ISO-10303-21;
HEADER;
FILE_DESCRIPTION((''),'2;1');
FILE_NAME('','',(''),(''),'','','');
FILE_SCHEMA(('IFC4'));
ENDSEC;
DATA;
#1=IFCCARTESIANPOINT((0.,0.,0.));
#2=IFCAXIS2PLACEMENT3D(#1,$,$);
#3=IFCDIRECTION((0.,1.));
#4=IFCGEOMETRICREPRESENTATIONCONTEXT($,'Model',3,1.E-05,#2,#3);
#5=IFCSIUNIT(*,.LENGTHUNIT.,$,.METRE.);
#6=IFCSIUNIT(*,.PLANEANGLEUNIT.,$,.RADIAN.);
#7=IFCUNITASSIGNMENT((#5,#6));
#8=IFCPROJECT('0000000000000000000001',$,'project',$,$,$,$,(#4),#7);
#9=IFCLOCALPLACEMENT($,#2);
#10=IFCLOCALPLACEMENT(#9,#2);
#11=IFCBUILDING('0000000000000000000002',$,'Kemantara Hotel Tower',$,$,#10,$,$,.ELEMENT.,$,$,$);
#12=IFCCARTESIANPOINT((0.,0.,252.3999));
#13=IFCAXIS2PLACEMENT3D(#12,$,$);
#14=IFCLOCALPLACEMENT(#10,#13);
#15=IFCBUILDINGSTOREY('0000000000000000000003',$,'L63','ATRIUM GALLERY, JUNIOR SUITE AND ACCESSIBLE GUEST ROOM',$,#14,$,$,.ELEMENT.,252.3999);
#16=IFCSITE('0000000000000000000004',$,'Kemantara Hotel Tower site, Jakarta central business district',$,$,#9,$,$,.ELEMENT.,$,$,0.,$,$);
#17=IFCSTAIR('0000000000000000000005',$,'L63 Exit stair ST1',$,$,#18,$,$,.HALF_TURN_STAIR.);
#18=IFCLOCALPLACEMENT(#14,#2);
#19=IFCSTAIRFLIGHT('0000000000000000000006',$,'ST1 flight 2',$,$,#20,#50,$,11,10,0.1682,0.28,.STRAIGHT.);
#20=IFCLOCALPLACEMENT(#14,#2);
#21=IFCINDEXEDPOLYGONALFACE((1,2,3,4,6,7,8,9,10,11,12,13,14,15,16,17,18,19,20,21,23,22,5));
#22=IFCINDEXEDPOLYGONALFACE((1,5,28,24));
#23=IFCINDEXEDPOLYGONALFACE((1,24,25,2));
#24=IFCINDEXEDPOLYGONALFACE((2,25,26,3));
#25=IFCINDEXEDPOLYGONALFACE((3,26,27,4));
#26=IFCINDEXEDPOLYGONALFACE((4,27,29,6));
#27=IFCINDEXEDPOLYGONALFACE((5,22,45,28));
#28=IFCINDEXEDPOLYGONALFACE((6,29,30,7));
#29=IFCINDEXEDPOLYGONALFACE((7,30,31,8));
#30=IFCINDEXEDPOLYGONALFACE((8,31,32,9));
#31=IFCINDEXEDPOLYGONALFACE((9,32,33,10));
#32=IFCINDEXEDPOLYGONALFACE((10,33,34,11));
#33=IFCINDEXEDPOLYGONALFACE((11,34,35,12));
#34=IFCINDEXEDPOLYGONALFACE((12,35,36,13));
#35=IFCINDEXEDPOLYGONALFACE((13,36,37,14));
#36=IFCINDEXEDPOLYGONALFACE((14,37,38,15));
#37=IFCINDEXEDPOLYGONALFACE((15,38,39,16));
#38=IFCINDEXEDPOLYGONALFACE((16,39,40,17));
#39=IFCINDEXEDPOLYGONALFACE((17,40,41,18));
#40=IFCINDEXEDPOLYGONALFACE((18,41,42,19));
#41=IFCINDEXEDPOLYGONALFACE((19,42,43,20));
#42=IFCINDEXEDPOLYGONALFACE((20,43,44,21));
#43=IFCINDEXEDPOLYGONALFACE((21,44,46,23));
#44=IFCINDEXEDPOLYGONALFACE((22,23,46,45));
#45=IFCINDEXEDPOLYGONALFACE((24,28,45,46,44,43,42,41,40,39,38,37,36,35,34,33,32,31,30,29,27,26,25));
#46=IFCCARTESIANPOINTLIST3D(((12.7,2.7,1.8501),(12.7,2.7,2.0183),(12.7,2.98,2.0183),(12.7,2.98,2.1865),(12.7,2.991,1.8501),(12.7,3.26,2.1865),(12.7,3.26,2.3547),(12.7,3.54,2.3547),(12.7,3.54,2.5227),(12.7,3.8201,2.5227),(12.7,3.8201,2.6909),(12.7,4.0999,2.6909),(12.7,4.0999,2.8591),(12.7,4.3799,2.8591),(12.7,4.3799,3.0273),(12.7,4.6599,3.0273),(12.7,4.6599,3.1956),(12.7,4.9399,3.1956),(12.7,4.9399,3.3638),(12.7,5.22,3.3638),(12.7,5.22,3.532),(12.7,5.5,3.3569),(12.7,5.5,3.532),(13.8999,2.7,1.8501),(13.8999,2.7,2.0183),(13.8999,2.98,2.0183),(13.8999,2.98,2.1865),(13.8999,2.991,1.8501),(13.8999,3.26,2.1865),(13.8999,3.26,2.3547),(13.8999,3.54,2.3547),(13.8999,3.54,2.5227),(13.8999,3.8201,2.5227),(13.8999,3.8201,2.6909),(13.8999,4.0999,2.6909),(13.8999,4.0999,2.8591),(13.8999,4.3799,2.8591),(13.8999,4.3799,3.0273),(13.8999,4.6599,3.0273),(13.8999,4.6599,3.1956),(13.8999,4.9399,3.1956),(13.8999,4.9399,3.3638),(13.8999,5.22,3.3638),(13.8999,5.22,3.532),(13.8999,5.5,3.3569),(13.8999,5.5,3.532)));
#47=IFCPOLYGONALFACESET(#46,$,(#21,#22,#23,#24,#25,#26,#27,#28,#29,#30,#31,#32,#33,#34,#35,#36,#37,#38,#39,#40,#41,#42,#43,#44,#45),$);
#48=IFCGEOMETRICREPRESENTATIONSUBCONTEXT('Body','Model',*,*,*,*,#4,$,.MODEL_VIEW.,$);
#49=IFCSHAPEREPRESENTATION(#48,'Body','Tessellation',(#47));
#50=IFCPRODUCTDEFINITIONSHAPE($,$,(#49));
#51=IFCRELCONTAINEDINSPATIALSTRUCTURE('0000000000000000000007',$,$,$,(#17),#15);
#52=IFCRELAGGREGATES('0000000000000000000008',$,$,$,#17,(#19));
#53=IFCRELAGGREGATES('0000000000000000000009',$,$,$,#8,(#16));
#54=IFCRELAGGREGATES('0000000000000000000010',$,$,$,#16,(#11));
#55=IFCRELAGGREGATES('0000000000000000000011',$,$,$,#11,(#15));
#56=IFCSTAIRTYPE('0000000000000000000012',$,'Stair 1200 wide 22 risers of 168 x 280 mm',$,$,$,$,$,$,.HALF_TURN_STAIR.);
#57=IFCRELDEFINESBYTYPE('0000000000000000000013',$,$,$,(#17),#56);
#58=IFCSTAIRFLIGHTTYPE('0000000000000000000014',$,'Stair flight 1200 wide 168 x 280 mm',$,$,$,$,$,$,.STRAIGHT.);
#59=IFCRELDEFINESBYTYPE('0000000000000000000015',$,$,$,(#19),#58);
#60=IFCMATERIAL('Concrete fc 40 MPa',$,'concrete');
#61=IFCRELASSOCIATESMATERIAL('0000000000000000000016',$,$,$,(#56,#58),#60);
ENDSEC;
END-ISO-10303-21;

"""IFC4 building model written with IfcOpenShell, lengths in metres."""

from ifc_helpers import new_model, si_unit, direction, frame, origin, place, context, subcontext, project, spatial, polyline, outline, extrude, material, type_object, element, aggregate, save


model = new_model("IFC4")

# Units and contexts
model_context = context("Model", 3, precision=1e-05, world=origin(), true_north=direction((0.0, 1.0)))
body_context = subcontext(model_context, "Body", "Model", "MODEL_VIEW")
ifc_project = project(units=[si_unit("LENGTHUNIT", "METRE"), si_unit("PLANEANGLEUNIT", "RADIAN")], contexts=[model_context])

# Site, building, storey
site_placement = place(None, origin())
site = spatial("IfcSite", under=ifc_project, at=site_placement, Name="Kemantara Hotel Tower site, Jakarta central business district", CompositionType="ELEMENT", RefElevation=0.0)
building_placement = place(site_placement, origin())
building = spatial("IfcBuilding", under=site, at=building_placement, Name="Kemantara Hotel Tower", CompositionType="ELEMENT")
storey_placement = place(building_placement, frame((0.0, 0.0, 252.3999)))
storey = spatial("IfcBuildingStorey", under=building, at=storey_placement, Name="L63", Description="ATRIUM GALLERY, JUNIOR SUITE AND ACCESSIBLE GUEST ROOM", CompositionType="ELEMENT", Elevation=252.3999)

# Stair, stair flight
ifc_material_1 = material(Name="Concrete fc 40 MPa", Category="concrete")
stair_type = type_object("IfcStairType", Name="Stair 1200 wide 22 risers of 168 x 280 mm", PredefinedType="HALF_TURN_STAIR", material=ifc_material_1)
stair_placement = place(storey_placement, origin())
stair = element("IfcStair", 1, at=stair_placement, inside=storey, type_object=stair_type, Name="L63 Exit stair ST1", PredefinedType="HALF_TURN_STAIR")
stair_flight_type = type_object("IfcStairFlightType", Name="Stair flight 1200 wide 168 x 280 mm", PredefinedType="STRAIGHT", material=ifc_material_1)
stair_flight_placement = place(storey_placement, frame((13.3, 2.7, 1.8501), z_axis=(0.0, 0.0, 1.0), x_axis=(0.0, 1.0, 0.0)))
stair_flight = element("IfcStairFlight", 2, at=stair_flight_placement, type_object=stair_flight_type, Name="ST1 flight 2", NumberOfRisers=11, NumberOfTreads=10, PredefinedType="STRAIGHT", RiserHeight=0.1682, TreadLength=0.28, context=body_context, shape_type="SweptSolid", body=[
    extrude(outline(polyline([(0.0, 0.0), (0.0, 0.1682), (0.28, 0.1682), (0.28, 0.3364), (0.5601, 0.3364), (0.5601, 0.5046), (0.8401, 0.5046), (0.8401, 0.6726), (1.1201, 0.6726), (1.1201, 0.8408), (1.3999, 0.8408), (1.3999, 1.009), (1.6799, 1.009), (1.6799, 1.1772), (1.96, 1.1772), (1.96, 1.3455), (2.24, 1.3455), (2.24, 1.5137), (2.52, 1.5137), (2.52, 1.6819), (2.8, 1.6819), (2.8, 1.8501), (2.8, 1.5068), (0.291, 0.0), (0.0, 0.0)])), frame((0.0, 0.6001, 0.0), z_axis=(0.0, -1.0, 0.0), x_axis=(1.0, 0.0, 0.0)), (0.0, 0.0, 1.0), 1.2),
])
aggregate(stair, [stair_flight])

save(model, "model.ifc")
